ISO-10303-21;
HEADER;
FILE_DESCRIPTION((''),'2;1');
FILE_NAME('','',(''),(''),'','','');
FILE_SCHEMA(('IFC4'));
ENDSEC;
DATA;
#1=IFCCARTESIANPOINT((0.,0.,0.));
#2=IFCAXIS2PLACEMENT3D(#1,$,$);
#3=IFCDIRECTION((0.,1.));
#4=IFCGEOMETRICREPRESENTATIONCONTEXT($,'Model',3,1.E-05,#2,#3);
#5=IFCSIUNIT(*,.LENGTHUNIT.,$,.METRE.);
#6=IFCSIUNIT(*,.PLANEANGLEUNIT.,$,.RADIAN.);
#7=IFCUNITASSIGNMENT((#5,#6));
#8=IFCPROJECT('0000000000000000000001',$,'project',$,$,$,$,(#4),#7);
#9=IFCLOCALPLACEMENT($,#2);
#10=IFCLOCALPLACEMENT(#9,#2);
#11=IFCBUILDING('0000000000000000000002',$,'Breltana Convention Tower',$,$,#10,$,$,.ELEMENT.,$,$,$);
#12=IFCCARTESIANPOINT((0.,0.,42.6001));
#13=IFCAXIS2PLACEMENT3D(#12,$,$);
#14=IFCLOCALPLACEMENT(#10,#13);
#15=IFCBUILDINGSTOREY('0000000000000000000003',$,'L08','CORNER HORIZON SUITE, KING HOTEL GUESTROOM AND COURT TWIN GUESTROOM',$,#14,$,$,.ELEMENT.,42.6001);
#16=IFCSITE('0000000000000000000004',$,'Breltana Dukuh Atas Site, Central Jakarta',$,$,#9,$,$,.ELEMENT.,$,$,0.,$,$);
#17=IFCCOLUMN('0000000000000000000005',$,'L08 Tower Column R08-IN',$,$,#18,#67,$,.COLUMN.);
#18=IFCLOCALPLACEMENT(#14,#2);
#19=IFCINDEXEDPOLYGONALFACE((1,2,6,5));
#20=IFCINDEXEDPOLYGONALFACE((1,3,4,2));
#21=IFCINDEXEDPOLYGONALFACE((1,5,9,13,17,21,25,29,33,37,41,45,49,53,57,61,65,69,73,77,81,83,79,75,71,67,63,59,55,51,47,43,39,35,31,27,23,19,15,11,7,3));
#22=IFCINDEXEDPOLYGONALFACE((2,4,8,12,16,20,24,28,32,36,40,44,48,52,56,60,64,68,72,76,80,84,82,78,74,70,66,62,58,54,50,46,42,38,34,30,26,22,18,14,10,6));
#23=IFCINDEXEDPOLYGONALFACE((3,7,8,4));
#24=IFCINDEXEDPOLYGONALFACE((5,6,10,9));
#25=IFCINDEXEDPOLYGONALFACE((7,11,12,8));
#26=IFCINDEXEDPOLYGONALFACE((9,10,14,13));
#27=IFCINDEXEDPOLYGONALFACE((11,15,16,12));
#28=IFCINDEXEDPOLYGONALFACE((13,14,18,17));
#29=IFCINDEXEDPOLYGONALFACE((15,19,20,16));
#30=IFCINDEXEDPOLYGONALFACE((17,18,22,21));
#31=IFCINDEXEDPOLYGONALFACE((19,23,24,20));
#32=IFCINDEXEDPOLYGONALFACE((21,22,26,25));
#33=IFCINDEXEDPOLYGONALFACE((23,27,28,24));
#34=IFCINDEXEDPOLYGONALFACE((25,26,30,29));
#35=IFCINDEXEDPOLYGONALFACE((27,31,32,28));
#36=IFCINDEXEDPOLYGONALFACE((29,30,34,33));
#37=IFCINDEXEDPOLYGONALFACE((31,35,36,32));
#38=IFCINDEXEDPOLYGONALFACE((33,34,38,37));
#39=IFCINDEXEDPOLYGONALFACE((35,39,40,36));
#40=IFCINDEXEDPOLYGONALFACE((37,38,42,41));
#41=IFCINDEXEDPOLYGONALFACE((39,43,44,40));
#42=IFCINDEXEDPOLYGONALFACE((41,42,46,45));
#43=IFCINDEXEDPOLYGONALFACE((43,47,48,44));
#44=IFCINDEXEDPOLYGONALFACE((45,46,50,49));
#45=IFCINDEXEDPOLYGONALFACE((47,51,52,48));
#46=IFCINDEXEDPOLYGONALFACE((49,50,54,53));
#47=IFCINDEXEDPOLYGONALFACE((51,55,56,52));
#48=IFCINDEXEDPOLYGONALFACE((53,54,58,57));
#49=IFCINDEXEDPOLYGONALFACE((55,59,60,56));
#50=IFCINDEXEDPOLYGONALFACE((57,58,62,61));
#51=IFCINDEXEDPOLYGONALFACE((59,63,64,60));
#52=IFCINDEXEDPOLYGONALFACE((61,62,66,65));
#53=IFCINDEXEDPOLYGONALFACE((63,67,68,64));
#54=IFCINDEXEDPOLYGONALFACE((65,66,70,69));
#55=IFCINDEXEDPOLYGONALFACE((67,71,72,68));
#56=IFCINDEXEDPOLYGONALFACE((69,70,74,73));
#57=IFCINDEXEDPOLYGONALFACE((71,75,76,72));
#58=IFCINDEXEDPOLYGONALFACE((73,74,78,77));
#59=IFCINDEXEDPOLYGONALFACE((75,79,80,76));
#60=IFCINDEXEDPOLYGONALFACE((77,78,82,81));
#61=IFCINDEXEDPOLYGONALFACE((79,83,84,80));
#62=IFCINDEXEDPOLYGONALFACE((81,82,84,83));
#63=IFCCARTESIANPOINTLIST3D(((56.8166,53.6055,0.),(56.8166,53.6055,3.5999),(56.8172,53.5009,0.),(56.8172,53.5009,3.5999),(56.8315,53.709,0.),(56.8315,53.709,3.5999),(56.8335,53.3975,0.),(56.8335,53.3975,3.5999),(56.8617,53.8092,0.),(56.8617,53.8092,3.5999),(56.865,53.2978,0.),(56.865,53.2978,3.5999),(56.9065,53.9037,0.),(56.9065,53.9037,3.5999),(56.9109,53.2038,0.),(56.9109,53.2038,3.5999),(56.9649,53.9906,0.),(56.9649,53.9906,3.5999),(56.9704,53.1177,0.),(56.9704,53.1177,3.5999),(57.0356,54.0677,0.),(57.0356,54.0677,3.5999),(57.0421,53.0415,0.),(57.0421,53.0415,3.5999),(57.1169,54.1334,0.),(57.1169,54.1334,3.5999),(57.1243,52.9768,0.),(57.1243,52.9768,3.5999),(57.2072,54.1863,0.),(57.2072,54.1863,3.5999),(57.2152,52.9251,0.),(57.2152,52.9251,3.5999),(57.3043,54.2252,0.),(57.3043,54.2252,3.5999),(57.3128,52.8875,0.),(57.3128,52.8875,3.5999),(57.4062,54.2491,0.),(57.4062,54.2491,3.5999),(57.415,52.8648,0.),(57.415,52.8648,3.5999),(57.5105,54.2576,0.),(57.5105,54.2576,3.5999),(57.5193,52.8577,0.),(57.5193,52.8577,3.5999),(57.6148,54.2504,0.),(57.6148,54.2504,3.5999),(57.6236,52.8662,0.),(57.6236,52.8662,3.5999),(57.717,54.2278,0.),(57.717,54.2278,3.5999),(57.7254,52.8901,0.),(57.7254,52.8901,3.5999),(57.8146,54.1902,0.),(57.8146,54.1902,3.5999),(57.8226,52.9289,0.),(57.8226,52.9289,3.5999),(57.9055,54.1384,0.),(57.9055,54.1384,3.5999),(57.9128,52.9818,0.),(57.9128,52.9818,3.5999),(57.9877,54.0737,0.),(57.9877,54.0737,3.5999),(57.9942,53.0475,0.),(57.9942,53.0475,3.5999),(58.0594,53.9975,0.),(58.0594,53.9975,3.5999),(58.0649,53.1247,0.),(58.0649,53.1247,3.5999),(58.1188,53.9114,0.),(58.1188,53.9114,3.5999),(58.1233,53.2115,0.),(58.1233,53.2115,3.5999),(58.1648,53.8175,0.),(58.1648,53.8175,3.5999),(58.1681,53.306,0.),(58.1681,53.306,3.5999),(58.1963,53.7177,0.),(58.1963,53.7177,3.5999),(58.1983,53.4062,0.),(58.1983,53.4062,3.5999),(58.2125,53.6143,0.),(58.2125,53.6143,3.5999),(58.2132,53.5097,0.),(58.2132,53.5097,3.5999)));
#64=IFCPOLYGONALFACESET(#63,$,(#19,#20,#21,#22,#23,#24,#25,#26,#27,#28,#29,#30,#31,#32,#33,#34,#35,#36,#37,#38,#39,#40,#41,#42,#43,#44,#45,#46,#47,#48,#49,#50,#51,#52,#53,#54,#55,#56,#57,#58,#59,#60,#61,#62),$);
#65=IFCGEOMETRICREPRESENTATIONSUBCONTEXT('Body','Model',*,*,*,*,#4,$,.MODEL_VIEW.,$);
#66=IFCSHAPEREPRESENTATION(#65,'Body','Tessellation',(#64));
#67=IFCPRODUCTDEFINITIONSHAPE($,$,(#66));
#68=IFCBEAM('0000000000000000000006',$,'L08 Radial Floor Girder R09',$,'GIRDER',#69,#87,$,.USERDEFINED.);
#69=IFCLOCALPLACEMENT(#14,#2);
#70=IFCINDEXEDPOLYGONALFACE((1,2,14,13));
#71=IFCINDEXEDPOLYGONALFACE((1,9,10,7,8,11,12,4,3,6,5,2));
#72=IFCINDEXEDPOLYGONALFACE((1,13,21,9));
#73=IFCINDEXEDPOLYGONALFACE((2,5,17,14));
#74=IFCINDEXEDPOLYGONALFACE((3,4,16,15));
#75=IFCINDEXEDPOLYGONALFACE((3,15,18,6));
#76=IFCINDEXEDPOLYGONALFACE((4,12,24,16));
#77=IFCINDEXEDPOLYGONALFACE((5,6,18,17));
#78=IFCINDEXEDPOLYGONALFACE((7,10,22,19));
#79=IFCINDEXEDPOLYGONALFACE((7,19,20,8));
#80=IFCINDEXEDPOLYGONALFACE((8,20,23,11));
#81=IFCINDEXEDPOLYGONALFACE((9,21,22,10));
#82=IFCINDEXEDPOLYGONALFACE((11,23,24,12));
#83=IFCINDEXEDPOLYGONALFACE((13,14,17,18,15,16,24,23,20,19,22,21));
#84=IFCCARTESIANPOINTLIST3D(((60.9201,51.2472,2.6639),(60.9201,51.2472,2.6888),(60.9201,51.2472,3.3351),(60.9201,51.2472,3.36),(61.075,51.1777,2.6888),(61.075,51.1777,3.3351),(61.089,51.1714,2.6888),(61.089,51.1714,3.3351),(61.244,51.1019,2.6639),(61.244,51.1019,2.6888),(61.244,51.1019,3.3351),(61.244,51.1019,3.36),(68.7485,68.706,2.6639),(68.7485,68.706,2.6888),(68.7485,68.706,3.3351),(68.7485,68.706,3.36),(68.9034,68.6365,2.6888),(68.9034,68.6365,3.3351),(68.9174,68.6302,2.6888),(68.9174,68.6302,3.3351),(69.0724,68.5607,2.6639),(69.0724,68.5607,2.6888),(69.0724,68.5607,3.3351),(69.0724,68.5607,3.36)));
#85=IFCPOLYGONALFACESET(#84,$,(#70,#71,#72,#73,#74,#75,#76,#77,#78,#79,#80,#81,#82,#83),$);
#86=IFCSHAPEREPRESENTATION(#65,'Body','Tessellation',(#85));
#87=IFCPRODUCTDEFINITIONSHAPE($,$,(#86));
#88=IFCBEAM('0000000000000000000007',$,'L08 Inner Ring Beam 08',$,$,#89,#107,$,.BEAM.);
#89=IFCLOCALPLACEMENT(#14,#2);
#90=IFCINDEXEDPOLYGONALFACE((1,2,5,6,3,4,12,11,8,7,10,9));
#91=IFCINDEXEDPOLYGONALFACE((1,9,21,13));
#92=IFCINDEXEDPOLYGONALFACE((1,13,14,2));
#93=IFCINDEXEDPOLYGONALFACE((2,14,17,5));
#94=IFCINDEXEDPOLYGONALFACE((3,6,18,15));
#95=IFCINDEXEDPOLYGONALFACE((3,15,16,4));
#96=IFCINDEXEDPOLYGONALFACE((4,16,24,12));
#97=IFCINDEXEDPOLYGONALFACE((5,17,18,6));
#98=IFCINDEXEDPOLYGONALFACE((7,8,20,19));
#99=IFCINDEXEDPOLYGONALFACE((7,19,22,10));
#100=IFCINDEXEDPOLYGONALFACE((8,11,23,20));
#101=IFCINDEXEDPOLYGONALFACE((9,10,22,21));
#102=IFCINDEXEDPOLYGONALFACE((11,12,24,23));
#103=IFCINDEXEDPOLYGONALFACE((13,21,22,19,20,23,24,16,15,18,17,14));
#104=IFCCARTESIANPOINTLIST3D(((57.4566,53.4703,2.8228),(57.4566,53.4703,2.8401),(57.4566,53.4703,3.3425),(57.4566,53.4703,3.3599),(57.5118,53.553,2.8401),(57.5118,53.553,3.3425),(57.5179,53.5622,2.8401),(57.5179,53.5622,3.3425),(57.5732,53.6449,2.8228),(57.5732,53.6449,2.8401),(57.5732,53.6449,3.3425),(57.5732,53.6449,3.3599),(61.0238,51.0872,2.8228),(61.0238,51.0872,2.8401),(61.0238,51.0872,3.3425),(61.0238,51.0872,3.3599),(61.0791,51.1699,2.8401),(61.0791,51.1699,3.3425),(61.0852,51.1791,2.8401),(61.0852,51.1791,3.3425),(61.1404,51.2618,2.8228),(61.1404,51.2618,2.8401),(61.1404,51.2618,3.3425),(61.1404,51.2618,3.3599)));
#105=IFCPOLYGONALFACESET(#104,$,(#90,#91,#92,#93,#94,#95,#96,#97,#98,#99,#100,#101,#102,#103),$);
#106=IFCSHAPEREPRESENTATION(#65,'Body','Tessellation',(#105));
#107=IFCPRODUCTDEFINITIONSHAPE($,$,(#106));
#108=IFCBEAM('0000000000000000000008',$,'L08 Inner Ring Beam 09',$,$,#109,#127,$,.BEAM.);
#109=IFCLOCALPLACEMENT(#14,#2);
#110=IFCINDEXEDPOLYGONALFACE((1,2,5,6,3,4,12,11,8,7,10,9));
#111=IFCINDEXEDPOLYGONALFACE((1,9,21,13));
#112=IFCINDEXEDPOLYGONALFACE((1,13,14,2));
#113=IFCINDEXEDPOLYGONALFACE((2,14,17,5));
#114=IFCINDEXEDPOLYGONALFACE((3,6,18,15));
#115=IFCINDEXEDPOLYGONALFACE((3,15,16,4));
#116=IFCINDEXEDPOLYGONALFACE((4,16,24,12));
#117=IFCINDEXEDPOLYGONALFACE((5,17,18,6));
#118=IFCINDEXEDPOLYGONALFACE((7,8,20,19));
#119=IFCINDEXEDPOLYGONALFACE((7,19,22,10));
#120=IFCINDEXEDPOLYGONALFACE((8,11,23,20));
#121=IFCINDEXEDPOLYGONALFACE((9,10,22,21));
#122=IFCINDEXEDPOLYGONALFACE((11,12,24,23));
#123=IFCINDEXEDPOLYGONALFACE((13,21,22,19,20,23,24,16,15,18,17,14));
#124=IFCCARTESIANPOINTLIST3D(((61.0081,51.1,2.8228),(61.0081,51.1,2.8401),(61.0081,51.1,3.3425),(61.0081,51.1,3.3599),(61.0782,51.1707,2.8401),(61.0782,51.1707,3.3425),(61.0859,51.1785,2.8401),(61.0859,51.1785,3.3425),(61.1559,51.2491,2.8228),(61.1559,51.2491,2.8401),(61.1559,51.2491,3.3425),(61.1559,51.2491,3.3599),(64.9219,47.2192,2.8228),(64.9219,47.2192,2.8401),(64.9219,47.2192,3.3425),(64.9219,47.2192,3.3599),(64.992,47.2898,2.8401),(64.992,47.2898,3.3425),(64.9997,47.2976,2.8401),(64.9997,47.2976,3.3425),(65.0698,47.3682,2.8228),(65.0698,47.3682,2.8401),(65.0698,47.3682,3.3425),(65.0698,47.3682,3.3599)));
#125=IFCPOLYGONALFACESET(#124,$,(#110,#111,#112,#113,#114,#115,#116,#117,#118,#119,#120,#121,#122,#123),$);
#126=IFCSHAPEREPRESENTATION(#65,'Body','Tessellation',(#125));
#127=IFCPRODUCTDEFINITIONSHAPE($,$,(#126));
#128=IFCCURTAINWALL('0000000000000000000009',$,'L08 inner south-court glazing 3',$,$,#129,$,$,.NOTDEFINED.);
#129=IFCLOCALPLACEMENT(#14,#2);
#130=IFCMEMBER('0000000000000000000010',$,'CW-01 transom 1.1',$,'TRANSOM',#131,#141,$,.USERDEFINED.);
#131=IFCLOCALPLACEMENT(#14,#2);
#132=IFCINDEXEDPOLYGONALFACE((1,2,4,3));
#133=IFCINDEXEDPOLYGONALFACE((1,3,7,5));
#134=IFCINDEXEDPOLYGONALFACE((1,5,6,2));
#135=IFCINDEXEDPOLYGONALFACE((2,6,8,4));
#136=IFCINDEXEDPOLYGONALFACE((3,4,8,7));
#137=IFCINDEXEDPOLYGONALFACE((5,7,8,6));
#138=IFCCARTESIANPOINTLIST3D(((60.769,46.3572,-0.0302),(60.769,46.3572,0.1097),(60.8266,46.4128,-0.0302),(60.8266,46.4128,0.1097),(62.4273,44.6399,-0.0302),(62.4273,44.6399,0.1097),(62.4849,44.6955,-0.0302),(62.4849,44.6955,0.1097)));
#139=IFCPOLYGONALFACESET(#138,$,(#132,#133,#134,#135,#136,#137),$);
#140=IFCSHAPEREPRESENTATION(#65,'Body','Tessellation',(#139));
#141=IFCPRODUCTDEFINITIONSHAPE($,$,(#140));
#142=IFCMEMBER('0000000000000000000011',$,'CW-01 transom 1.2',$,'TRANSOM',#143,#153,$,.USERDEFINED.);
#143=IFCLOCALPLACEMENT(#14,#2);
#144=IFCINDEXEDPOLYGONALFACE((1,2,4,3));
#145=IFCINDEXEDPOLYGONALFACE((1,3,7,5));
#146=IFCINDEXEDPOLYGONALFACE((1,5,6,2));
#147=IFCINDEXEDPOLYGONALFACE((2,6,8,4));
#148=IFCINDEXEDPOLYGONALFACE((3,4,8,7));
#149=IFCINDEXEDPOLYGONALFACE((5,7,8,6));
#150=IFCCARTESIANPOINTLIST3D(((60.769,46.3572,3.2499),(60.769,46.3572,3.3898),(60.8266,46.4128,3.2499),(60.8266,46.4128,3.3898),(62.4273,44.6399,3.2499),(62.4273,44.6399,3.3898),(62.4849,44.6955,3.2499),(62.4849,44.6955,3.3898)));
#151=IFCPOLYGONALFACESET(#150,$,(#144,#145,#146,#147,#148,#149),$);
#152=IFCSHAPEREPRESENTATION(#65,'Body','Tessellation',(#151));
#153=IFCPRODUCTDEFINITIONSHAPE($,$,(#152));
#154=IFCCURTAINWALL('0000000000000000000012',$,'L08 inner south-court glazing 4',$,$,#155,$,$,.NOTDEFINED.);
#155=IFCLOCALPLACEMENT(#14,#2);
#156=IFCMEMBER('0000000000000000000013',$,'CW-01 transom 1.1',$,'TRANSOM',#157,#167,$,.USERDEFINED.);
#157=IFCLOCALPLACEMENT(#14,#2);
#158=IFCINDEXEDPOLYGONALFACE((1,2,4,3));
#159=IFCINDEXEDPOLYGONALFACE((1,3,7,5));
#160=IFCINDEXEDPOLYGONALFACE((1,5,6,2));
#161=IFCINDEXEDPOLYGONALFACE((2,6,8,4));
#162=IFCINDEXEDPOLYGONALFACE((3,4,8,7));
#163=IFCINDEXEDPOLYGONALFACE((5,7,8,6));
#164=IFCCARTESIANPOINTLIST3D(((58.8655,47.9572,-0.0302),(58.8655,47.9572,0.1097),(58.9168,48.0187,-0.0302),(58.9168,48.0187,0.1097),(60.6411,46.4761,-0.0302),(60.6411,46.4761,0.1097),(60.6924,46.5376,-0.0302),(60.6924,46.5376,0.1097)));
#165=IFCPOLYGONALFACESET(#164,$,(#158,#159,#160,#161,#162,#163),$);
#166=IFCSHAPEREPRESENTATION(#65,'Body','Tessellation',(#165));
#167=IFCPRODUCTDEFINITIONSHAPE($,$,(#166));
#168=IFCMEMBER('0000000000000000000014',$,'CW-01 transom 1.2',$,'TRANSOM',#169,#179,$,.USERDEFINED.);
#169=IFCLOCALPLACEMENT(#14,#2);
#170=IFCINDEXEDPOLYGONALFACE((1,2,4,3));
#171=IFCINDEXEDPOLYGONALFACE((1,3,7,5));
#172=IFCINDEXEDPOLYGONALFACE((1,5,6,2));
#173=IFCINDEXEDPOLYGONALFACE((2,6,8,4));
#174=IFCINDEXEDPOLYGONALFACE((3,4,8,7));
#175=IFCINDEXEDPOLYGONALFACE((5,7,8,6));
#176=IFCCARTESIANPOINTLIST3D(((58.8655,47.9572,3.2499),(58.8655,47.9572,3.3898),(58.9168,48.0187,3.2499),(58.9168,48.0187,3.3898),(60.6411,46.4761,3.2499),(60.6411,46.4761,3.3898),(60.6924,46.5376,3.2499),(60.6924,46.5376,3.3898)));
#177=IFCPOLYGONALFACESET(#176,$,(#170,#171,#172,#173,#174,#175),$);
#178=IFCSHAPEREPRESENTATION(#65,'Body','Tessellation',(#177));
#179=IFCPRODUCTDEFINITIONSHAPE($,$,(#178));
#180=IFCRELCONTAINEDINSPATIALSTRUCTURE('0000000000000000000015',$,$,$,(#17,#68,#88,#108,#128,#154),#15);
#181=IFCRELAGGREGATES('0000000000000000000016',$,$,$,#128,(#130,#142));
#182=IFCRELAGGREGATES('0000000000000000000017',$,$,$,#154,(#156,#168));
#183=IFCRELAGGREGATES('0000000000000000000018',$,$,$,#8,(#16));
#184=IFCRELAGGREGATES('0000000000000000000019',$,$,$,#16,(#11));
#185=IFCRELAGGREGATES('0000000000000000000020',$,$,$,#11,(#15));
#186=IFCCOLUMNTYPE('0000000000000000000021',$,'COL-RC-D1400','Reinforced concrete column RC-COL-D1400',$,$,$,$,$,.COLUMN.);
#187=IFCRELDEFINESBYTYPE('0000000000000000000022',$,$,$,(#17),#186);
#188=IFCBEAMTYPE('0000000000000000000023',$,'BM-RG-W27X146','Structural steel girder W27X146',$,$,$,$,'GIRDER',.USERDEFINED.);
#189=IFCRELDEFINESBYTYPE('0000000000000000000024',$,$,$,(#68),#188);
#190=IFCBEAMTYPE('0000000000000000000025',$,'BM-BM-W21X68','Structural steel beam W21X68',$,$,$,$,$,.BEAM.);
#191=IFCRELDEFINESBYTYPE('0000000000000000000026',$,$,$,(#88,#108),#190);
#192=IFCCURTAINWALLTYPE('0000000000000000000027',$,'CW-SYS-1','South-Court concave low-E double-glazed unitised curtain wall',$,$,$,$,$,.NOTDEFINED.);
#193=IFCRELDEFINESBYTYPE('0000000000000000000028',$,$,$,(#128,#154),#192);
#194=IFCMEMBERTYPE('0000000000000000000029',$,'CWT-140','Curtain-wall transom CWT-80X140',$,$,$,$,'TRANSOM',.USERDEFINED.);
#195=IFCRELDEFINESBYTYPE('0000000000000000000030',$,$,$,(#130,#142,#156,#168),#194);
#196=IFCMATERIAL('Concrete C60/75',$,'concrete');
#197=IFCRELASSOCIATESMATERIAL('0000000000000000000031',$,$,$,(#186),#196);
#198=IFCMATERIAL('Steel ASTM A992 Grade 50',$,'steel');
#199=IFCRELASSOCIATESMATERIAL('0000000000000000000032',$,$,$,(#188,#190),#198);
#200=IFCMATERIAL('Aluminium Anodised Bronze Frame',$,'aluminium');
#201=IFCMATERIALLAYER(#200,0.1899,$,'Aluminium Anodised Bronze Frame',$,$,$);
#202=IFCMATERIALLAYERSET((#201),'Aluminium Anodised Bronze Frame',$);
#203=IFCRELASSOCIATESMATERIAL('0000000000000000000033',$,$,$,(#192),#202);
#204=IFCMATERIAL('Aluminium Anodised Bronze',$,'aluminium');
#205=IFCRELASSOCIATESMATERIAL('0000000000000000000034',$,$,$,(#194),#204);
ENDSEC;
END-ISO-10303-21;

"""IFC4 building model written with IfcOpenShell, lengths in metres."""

from ifc_helpers import new_model, si_unit, direction, frame, origin, origin_2d, place, context, subcontext, project, spatial, rectangle, circle, i_section, extrude, source, transform, mapped, material, layer, layer_set, material_profile, profile_set, type_object, type_shapes, element, aggregate, save


model = new_model("IFC4")

# Units and contexts
model_context = context("Model", 3, precision=1e-05, world=origin(), true_north=direction((0.0, 1.0)))
body_context = subcontext(model_context, "Body", "Model", "MODEL_VIEW")
ifc_project = project(units=[si_unit("LENGTHUNIT", "METRE"), si_unit("PLANEANGLEUNIT", "RADIAN")], contexts=[model_context])

# Site, building, storey
site_placement = place(None, origin())
site = spatial("IfcSite", under=ifc_project, at=site_placement, Name="Breltana Dukuh Atas Site, Central Jakarta", CompositionType="ELEMENT", RefElevation=0.0)
building_placement = place(site_placement, origin())
building = spatial("IfcBuilding", under=site, at=building_placement, Name="Breltana Convention Tower", CompositionType="ELEMENT")
storey_placement = place(building_placement, frame((0.0, 0.0, 42.6001)))
storey = spatial("IfcBuildingStorey", under=building, at=storey_placement, Name="L08", Description="CORNER HORIZON SUITE, KING HOTEL GUESTROOM AND COURT TWIN GUESTROOM", CompositionType="ELEMENT", Elevation=42.6001)

# Column
ifc_material_1 = material(Name="Concrete C60/75", Category="concrete")
ifc_material_profile_1 = material_profile(ifc_material_1, circle(Radius=0.7, at=origin_2d()), Name="RC-COL-D1400")
ifc_profile_set_1 = profile_set([ifc_material_profile_1], Name="Concrete C60/75")
column_type = type_object("IfcColumnType", Name="COL-RC-D1400", Description="Reinforced concrete column RC-COL-D1400", PredefinedType="COLUMN", material=ifc_profile_set_1)
shared_shape_1 = source(origin(), body_context, "Body", "SweptSolid", [
    extrude(circle(Radius=0.7, at=origin_2d()), origin(), (0.0, 0.0, 1.0), 3.5999),
])
for number, where, z_axis, x_axis, name in (
    (1, (57.5149, 53.5576, 0.0), (0.0, 0.0, 1.0), (0.288698, 0.95742, 0.0), "L08 Tower Column R08-IN"),
):
    element("IfcColumn", number, at=place(storey_placement, frame(where, z_axis=z_axis, x_axis=x_axis)), inside=storey, type_object=column_type, Name=name, PredefinedType="COLUMN", context=body_context, shape_type="MappedRepresentation", body=[
        mapped(shared_shape_1, transform((0.0, 0.0, 0.0), scale=1.0)),
    ])

# Beams
ifc_material_2 = material(Name="Steel ASTM A992 Grade 50", Category="steel")
ifc_material_profile_2 = material_profile(ifc_material_2, i_section(OverallWidth=0.355, OverallDepth=0.696, WebThickness=0.0154, FlangeThickness=0.0249, at=origin_2d()), Name="W27X146")
ifc_profile_set_2 = profile_set([ifc_material_profile_2], Name="Steel ASTM A992 Grade 50")
beam_type_1 = type_object("IfcBeamType", Name="BM-RG-W27X146", Description="Structural steel girder W27X146", ElementType="GIRDER", PredefinedType="USERDEFINED", material=ifc_profile_set_2)
shared_shape_2 = source(origin(), body_context, "Body", "SweptSolid", [
    extrude(i_section(OverallWidth=0.355, OverallDepth=0.696, WebThickness=0.0154, FlangeThickness=0.0249, at=origin_2d()), origin(), (0.0, 0.0, 1.0), 19.1335),
])
beam_1_placement = place(storey_placement, frame((61.082, 51.1746, 3.012), z_axis=(0.409145, 0.91247, 0.0), x_axis=(-0.91247, 0.409145, 0.0)))
element("IfcBeam", 2, at=beam_1_placement, inside=storey, type_object=beam_type_1, Name="L08 Radial Floor Girder R09", ObjectType="GIRDER", PredefinedType="USERDEFINED", context=body_context, shape_type="MappedRepresentation", body=[
    mapped(shared_shape_2, transform((0.0, 0.0, 0.0), scale=1.0)),
])
ifc_material_profile_3 = material_profile(ifc_material_2, i_section(OverallWidth=0.21, OverallDepth=0.5371, WebThickness=0.011, FlangeThickness=0.0173, at=origin_2d()), Name="W21X68")
ifc_profile_set_3 = profile_set([ifc_material_profile_3], Name="Steel ASTM A992 Grade 50")
beam_type_2 = type_object("IfcBeamType", Name="BM-BM-W21X68", Description="Structural steel beam W21X68", PredefinedType="BEAM", material=ifc_profile_set_3)
shared_shape_3 = source(origin(), body_context, "Body", "SweptSolid", [
    extrude(i_section(OverallWidth=0.21, OverallDepth=0.5371, WebThickness=0.011, FlangeThickness=0.0173, at=origin_2d()), origin(), (0.0, 0.0, 1.0), 4.29),
])
beam_2_placement = place(storey_placement, frame((57.5149, 53.5576, 3.0913), z_axis=(0.831516, -0.555501, 0.0), x_axis=(0.555501, 0.831516, 0.0)))
element("IfcBeam", 3, at=beam_2_placement, inside=storey, type_object=beam_type_2, Name="L08 Inner Ring Beam 08", PredefinedType="BEAM", context=body_context, shape_type="MappedRepresentation", body=[
    mapped(shared_shape_3, transform((0.0, 0.0, 0.0), scale=1.0)),
])
shared_shape_4 = source(origin(), body_context, "Body", "SweptSolid", [
    extrude(i_section(OverallWidth=0.21, OverallDepth=0.5371, WebThickness=0.011, FlangeThickness=0.0173, at=origin_2d()), origin(), (0.0, 0.0, 1.0), 5.5117),
])
beam_3_placement = place(storey_placement, frame((61.082, 51.1746, 3.0913), z_axis=(0.71009, -0.704111, 0.0), x_axis=(0.704111, 0.71009, 0.0)))
element("IfcBeam", 4, at=beam_3_placement, inside=storey, type_object=beam_type_2, Name="L08 Inner Ring Beam 09", PredefinedType="BEAM", context=body_context, shape_type="MappedRepresentation", body=[
    mapped(shared_shape_4, transform((0.0, 0.0, 0.0), scale=1.0)),
])

# Curtain walls, members
ifc_material_3 = material(Name="Aluminium Anodised Bronze Frame", Category="aluminium")
ifc_layer_1 = layer(ifc_material_3, 0.1899, Name="Aluminium Anodised Bronze Frame")
ifc_layer_set_1 = layer_set([ifc_layer_1], Name="Aluminium Anodised Bronze Frame")
curtain_wall_type = type_object("IfcCurtainWallType", Name="CW-SYS-1", Description="South-Court concave low-E double-glazed unitised curtain wall", PredefinedType="NOTDEFINED", material=ifc_layer_set_1)
curtain_wall_1_placement = place(storey_placement, origin())
curtain_wall_1 = element("IfcCurtainWall", 5, at=curtain_wall_1_placement, inside=storey, type_object=curtain_wall_type, Name="L08 inner south-court glazing 3", PredefinedType="NOTDEFINED")
ifc_material_4 = material(Name="Aluminium Anodised Bronze", Category="aluminium")
ifc_material_profile_4 = material_profile(ifc_material_4, rectangle(XDim=0.0801, YDim=0.1399, at=origin_2d()), Name="CWT-80X140")
ifc_profile_set_4 = profile_set([ifc_material_profile_4], Name="Aluminium Anodised Bronze")
member_type_1 = type_object("IfcMemberType", Name="CWT-140", Description="Curtain-wall transom CWT-80X140", ElementType="TRANSOM", PredefinedType="USERDEFINED", material=ifc_profile_set_4)
shared_shape_5 = source(origin(), body_context, "Body", "SweptSolid", [
    extrude(rectangle(XDim=0.0801, YDim=0.1399, at=origin_2d()), origin(), (0.0, 0.0, 1.0), 2.3872),
])
type_shapes(member_type_1, [shared_shape_5])
member_1_placement = place(storey_placement, frame((62.4561, 44.6677, 0.0398), z_axis=(-0.694624, 0.719373, 0.0), x_axis=(-0.719373, -0.694624, 0.0)))
member_1 = element("IfcMember", 6, at=member_1_placement, type_object=member_type_1, Name="CW-01 transom 1.1", ObjectType="TRANSOM", PredefinedType="USERDEFINED", context=body_context, shape_type="MappedRepresentation", body=[
    mapped(shared_shape_5, transform((0.0, 0.0, 0.0), scale=1.0)),
])
member_2_placement = place(storey_placement, frame((62.4561, 44.6677, 3.3198), z_axis=(-0.694624, 0.719373, 0.0), x_axis=(-0.719373, -0.694624, 0.0)))
member_2 = element("IfcMember", 7, at=member_2_placement, type_object=member_type_1, Name="CW-01 transom 1.2", ObjectType="TRANSOM", PredefinedType="USERDEFINED", context=body_context, shape_type="MappedRepresentation", body=[
    mapped(shared_shape_5, transform((0.0, 0.0, 0.0), scale=1.0)),
])
curtain_wall_2_placement = place(storey_placement, origin())
curtain_wall_2 = element("IfcCurtainWall", 8, at=curtain_wall_2_placement, inside=storey, type_object=curtain_wall_type, Name="L08 inner south-court glazing 4", PredefinedType="NOTDEFINED")
shared_shape_6 = source(origin(), body_context, "Body", "SweptSolid", [
    extrude(rectangle(XDim=0.0801, YDim=0.1399, at=origin_2d()), origin(), (0.0, 0.0, 1.0), 2.3123),
])
member_3_placement = place(storey_placement, frame((60.6667, 46.5068, 0.0398), z_axis=(-0.767901, 0.640569, 0.0), x_axis=(-0.640569, -0.767901, 0.0)))
member_3 = element("IfcMember", 9, at=member_3_placement, type_object=member_type_1, Name="CW-01 transom 1.1", ObjectType="TRANSOM", PredefinedType="USERDEFINED", context=body_context, shape_type="MappedRepresentation", body=[
    mapped(shared_shape_6, transform((0.0, 0.0, 0.0), scale=1.0)),
])
member_4_placement = place(storey_placement, frame((60.6667, 46.5068, 3.3198), z_axis=(-0.767901, 0.640569, 0.0), x_axis=(-0.640569, -0.767901, 0.0)))
member_4 = element("IfcMember", 10, at=member_4_placement, type_object=member_type_1, Name="CW-01 transom 1.2", ObjectType="TRANSOM", PredefinedType="USERDEFINED", context=body_context, shape_type="MappedRepresentation", body=[
    mapped(shared_shape_6, transform((0.0, 0.0, 0.0), scale=1.0)),
])

aggregate(curtain_wall_1, [member_1, member_2])
aggregate(curtain_wall_2, [member_3, member_4])

save(model, "model.ifc")
